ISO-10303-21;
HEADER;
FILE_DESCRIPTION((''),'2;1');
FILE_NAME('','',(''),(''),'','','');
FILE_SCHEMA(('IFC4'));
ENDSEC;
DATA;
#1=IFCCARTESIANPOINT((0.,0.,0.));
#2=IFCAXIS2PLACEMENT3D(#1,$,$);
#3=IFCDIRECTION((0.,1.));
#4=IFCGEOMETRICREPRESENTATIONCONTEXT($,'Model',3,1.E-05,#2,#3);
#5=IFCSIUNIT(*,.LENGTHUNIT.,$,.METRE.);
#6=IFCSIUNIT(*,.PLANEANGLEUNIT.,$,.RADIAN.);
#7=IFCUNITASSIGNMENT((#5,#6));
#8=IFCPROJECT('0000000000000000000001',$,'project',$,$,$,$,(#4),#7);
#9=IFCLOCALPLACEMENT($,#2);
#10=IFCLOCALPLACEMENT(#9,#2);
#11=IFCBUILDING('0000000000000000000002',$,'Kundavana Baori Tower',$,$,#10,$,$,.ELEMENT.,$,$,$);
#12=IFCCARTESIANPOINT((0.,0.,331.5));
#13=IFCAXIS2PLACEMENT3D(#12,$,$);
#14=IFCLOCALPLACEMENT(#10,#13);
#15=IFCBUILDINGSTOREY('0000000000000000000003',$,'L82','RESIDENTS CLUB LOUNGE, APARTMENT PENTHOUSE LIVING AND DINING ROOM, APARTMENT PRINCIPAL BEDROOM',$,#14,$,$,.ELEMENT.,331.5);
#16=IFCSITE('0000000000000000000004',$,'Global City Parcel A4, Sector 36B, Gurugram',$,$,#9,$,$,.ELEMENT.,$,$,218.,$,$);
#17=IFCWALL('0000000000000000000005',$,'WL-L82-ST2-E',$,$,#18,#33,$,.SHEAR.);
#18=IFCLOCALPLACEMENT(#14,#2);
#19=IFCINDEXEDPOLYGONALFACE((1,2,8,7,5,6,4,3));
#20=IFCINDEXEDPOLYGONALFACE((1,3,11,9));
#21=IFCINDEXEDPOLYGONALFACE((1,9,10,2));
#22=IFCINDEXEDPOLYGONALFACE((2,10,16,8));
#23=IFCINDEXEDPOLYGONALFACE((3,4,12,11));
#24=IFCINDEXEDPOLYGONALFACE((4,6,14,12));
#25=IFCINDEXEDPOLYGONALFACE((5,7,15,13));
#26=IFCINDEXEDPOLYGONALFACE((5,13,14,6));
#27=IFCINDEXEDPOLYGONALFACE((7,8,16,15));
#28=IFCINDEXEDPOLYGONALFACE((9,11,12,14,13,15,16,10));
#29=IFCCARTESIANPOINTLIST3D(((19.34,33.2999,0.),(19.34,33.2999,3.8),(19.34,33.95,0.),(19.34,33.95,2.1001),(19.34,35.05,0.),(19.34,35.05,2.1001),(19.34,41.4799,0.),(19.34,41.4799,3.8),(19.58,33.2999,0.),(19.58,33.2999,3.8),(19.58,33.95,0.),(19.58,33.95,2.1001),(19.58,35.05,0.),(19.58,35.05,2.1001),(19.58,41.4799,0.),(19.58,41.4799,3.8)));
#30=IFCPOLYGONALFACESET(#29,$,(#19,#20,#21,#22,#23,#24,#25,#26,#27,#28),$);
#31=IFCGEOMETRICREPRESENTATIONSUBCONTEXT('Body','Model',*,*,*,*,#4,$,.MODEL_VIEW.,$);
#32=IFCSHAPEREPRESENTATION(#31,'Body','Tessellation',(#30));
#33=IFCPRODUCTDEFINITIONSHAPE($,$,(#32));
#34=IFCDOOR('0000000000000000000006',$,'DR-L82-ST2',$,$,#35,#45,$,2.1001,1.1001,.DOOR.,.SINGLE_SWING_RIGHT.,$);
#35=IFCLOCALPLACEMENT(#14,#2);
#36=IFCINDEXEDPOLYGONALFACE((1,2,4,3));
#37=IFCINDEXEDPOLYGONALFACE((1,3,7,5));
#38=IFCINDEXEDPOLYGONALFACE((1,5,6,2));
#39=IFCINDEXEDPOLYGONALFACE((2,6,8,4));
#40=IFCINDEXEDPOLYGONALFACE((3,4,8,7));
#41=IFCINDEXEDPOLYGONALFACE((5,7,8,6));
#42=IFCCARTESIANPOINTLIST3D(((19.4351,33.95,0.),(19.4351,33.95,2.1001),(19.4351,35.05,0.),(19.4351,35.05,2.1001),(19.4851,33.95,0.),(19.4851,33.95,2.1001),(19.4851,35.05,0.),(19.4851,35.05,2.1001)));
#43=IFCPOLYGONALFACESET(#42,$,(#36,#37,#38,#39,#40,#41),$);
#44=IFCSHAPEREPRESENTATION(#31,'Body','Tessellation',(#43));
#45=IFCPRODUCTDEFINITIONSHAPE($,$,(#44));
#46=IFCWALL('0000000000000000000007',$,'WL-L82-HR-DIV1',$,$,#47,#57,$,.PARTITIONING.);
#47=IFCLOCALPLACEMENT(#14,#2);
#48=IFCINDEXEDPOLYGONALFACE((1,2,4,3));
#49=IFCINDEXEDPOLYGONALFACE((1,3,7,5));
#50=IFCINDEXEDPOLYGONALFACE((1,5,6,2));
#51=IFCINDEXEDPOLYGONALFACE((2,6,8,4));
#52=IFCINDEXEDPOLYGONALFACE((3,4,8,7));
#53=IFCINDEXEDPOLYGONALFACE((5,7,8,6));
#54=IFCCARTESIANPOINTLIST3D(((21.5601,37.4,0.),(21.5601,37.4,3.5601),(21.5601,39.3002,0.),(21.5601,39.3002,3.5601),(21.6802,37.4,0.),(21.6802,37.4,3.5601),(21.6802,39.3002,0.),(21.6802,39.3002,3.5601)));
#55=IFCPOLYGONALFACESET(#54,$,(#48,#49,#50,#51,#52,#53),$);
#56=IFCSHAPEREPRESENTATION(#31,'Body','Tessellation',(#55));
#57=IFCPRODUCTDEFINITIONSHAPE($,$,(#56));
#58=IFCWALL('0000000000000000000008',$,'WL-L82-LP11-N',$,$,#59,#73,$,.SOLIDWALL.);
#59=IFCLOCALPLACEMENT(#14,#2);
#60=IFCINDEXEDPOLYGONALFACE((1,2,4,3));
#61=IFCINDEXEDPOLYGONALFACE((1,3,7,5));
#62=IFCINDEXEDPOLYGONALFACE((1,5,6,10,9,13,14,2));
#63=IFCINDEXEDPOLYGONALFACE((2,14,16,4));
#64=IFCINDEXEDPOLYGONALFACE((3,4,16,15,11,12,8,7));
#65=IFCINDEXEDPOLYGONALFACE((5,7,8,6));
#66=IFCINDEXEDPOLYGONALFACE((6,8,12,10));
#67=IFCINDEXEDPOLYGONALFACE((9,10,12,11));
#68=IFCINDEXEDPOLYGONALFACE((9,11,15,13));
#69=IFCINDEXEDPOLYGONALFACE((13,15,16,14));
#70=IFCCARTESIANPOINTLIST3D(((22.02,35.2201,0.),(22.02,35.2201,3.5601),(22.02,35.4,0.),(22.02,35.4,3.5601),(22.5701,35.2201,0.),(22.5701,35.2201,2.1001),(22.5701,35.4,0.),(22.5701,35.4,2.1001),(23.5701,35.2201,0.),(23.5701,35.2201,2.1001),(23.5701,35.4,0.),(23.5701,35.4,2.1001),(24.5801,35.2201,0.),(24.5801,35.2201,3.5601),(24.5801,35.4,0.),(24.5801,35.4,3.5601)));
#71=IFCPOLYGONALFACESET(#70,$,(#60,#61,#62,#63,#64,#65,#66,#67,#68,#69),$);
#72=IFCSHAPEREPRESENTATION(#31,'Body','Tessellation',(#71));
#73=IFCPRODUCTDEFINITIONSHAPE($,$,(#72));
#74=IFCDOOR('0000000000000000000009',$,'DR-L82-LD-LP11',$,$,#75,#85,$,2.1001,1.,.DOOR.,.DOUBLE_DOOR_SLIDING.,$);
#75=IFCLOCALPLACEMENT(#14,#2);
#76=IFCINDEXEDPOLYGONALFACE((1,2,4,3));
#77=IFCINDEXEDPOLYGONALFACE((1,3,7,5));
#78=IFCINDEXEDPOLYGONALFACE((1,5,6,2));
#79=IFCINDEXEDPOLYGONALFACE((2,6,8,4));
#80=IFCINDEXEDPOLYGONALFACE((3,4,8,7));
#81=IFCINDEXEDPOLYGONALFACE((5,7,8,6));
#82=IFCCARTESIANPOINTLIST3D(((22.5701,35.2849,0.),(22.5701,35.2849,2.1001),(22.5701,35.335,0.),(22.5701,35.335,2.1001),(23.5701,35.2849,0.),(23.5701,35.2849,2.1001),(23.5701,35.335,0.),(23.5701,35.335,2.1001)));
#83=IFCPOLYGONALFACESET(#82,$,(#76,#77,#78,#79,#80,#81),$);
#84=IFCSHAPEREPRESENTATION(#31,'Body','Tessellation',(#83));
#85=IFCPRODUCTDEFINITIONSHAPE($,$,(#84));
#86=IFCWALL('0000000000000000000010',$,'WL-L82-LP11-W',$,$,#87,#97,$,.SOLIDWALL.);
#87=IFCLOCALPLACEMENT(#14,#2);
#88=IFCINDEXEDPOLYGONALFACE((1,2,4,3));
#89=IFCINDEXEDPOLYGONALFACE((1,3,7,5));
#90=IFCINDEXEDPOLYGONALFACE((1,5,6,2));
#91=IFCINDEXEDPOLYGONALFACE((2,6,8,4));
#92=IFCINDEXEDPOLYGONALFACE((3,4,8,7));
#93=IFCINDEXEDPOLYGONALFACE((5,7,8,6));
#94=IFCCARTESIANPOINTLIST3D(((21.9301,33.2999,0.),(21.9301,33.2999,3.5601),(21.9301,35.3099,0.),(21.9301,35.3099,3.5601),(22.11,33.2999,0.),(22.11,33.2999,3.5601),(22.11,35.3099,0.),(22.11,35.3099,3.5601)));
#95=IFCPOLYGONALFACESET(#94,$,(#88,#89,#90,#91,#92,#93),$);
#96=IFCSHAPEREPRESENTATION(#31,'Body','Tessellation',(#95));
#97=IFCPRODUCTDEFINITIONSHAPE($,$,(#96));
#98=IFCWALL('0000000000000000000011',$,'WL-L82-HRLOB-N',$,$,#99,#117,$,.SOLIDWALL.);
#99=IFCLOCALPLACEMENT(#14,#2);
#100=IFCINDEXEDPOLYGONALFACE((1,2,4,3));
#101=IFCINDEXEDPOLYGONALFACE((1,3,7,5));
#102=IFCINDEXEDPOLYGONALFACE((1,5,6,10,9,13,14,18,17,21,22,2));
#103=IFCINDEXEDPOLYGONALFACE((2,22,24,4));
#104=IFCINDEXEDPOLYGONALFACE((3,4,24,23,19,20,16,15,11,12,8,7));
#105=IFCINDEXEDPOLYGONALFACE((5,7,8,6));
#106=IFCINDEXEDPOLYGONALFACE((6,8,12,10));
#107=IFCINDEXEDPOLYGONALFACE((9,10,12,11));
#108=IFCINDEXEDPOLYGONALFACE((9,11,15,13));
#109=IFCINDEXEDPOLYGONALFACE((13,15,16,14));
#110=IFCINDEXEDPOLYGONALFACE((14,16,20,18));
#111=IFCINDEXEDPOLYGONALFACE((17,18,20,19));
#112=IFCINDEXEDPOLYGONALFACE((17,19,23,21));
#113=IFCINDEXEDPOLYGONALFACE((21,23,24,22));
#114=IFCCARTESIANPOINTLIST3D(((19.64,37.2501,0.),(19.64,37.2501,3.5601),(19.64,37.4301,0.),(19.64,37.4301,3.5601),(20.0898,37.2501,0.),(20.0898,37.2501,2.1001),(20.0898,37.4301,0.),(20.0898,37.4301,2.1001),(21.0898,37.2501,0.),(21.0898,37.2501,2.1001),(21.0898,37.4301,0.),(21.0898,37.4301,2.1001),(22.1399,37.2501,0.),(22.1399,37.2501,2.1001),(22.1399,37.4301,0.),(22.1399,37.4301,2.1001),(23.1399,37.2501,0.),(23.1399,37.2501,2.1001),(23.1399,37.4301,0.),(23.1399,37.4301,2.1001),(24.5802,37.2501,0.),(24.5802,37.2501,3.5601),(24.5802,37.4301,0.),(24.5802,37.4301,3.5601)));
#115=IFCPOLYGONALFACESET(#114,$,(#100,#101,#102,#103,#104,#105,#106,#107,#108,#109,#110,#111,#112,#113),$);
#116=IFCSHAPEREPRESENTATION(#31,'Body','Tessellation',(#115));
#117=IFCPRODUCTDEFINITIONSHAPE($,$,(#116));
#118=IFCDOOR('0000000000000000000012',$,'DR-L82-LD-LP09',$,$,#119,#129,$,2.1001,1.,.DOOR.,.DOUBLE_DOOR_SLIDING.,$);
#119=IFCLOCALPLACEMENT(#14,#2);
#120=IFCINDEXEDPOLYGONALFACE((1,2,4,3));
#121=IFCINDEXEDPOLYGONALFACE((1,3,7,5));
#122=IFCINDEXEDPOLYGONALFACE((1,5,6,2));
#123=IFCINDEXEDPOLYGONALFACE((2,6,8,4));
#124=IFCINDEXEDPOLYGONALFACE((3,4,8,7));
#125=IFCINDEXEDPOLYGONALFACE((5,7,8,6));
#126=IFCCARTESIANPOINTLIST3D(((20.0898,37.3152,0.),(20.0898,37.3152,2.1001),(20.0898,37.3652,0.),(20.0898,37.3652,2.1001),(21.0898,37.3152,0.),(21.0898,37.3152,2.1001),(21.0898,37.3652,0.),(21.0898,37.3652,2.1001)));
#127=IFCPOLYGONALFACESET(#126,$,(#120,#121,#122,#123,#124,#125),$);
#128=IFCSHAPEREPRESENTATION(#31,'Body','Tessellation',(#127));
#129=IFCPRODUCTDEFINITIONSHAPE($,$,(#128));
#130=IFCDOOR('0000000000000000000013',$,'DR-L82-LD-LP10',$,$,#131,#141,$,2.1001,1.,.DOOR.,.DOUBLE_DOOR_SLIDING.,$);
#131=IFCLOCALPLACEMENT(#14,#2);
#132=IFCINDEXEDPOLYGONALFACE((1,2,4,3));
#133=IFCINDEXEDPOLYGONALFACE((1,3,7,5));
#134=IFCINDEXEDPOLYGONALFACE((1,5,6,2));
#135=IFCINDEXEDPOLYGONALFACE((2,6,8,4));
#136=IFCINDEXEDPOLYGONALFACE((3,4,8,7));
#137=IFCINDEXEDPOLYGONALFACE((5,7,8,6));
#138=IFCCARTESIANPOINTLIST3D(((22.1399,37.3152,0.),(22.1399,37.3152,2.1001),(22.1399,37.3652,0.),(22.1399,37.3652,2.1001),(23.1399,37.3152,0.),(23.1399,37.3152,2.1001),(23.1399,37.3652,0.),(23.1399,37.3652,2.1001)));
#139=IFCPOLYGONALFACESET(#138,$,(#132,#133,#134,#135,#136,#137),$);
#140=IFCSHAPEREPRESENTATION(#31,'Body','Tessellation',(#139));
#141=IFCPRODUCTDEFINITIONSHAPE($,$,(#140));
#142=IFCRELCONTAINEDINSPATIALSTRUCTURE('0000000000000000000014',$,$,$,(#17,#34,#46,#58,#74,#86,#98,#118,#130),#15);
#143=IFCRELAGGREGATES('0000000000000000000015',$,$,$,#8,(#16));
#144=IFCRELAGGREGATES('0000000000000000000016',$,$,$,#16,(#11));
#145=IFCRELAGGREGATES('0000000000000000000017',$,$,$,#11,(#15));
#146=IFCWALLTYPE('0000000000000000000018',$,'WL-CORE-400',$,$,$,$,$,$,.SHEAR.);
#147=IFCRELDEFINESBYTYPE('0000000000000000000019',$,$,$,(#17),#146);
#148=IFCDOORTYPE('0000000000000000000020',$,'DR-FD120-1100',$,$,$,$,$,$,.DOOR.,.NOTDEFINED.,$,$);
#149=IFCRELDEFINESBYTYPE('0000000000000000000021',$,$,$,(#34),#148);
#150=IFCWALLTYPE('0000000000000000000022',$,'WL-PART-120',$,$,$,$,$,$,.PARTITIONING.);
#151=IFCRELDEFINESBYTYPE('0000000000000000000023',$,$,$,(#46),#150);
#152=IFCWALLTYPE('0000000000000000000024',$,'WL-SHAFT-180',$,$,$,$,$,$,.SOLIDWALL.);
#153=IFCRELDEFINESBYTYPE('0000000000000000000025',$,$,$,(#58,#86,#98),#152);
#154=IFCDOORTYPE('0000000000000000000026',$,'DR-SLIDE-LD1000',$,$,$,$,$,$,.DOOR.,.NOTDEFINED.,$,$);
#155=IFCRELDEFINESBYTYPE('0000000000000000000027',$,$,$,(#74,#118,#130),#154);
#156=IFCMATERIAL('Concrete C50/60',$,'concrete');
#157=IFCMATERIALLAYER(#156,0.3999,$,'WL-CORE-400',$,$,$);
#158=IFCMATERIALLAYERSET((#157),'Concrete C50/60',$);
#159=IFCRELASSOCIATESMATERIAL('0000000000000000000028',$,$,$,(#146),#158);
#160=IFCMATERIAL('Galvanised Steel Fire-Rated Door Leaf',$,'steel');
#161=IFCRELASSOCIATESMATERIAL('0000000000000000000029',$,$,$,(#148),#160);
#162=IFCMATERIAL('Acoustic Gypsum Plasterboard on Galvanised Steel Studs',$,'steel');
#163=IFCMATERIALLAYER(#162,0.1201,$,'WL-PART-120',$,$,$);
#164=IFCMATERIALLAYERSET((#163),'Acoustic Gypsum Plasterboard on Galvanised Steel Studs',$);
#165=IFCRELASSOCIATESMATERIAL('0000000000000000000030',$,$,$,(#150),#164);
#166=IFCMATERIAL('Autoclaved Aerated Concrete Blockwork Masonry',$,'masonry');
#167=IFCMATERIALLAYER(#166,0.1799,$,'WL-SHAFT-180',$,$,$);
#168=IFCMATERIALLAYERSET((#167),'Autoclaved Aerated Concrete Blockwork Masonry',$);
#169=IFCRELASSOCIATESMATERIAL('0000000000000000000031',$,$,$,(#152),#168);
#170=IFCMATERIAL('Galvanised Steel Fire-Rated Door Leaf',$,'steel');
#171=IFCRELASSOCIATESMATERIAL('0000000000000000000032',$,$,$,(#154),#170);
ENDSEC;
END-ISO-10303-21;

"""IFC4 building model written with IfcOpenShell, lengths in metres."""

from ifc_helpers import new_model, si_unit, direction, frame, frame_2d, origin, place, context, subcontext, project, spatial, rectangle, extrude, material, layer, layer_set, type_object, element, fill, save


model = new_model("IFC4")

# Units and contexts
model_context = context("Model", 3, precision=1e-05, world=origin(), true_north=direction((0.0, 1.0)))
body_context = subcontext(model_context, "Body", "Model", "MODEL_VIEW")
ifc_project = project(units=[si_unit("LENGTHUNIT", "METRE"), si_unit("PLANEANGLEUNIT", "RADIAN")], contexts=[model_context])

# Site, building, storey
site_placement = place(None, origin())
site = spatial("IfcSite", under=ifc_project, at=site_placement, Name="Global City Parcel A4, Sector 36B, Gurugram", CompositionType="ELEMENT", RefElevation=218.0)
building_placement = place(site_placement, origin())
building = spatial("IfcBuilding", under=site, at=building_placement, Name="Kundavana Baori Tower", CompositionType="ELEMENT")
storey_placement = place(building_placement, frame((0.0, 0.0, 331.5)))
storey = spatial("IfcBuildingStorey", under=building, at=storey_placement, Name="L82", Description="RESIDENTS CLUB LOUNGE, APARTMENT PENTHOUSE LIVING AND DINING ROOM, APARTMENT PRINCIPAL BEDROOM", CompositionType="ELEMENT", Elevation=331.5)

# Wall, opening, door
ifc_material_1 = material(Name="Concrete C50/60", Category="concrete")
ifc_layer_1 = layer(ifc_material_1, 0.3999, Name="WL-CORE-400")
ifc_layer_set_1 = layer_set([ifc_layer_1], Name="Concrete C50/60")
wall_type_1 = type_object("IfcWallType", Name="WL-CORE-400", PredefinedType="SHEAR", material=ifc_layer_set_1)
wall_1_placement = place(storey_placement, frame((19.46, 33.3, 0.0), z_axis=(0.0, 0.0, 1.0), x_axis=(0.0, 1.0, 0.0)))
wall_1 = element("IfcWall", 1, at=wall_1_placement, inside=storey, type_object=wall_type_1, Name="WL-L82-ST2-E", PredefinedType="SHEAR", context=body_context, shape_type="SweptSolid", body=[
    extrude(rectangle(XDim=8.1799, YDim=0.24, at=frame_2d((4.0898, 0.0))), origin(), (0.0, 0.0, 1.0), 3.8),
])
opening_1_placement = place(wall_1_placement, frame((0.6499, 0.0, 0.0)))
opening_1 = element("IfcOpeningElement", 2, at=opening_1_placement, cuts=wall_1, PredefinedType="OPENING", context=body_context, shape_type="SweptSolid", body=[
    extrude(rectangle(XDim=1.1001, YDim=2.1001, at=frame_2d((0.55, 1.05))), frame((0.0, 0.1299, 0.0), z_axis=(0.0, -1.0, 0.0), x_axis=(1.0, 0.0, 0.0)), (0.0, 0.0, 1.0), 0.26),
])
ifc_material_2 = material(Name="Galvanised Steel Fire-Rated Door Leaf", Category="steel")
door_type_1 = type_object("IfcDoorType", Name="DR-FD120-1100", OperationType="NOTDEFINED", PredefinedType="DOOR", material=ifc_material_2)
door_1_placement = place(opening_1_placement, origin())
door_1 = element("IfcDoor", 3, at=door_1_placement, inside=storey, type_object=door_type_1, Name="DR-L82-ST2", OperationType="SINGLE_SWING_RIGHT", OverallHeight=2.1001, OverallWidth=1.1001, PredefinedType="DOOR", context=body_context, shape_type="SweptSolid", body=[
    extrude(rectangle(XDim=1.1001, YDim=2.1001, at=frame_2d((0.55, 1.05))), frame((0.0, 0.0249, 0.0), z_axis=(0.0, -1.0, 0.0), x_axis=(1.0, 0.0, 0.0)), (0.0, 0.0, 1.0), 0.05),
])
fill(opening_1, door_1)

# Wall
ifc_material_3 = material(Name="Acoustic Gypsum Plasterboard on Galvanised Steel Studs", Category="steel")
ifc_layer_2 = layer(ifc_material_3, 0.1201, Name="WL-PART-120")
ifc_layer_set_2 = layer_set([ifc_layer_2], Name="Acoustic Gypsum Plasterboard on Galvanised Steel Studs")
wall_type_2 = type_object("IfcWallType", Name="WL-PART-120", PredefinedType="PARTITIONING", material=ifc_layer_set_2)
wall_2_placement = place(storey_placement, frame((21.6201, 37.3999, 0.0), z_axis=(0.0, 0.0, 1.0), x_axis=(0.0, 1.0, 0.0)))
element("IfcWall", 4, at=wall_2_placement, inside=storey, type_object=wall_type_2, Name="WL-L82-HR-DIV1", PredefinedType="PARTITIONING", context=body_context, shape_type="SweptSolid", body=[
    extrude(rectangle(XDim=1.9001, YDim=0.1201, at=frame_2d((0.9502, 0.0))), origin(), (0.0, 0.0, 1.0), 3.5601),
])

# Wall, opening, door
ifc_material_4 = material(Name="Autoclaved Aerated Concrete Blockwork Masonry", Category="masonry")
ifc_layer_3 = layer(ifc_material_4, 0.1799, Name="WL-SHAFT-180")
ifc_layer_set_3 = layer_set([ifc_layer_3], Name="Autoclaved Aerated Concrete Blockwork Masonry")
wall_type_3 = type_object("IfcWallType", Name="WL-SHAFT-180", PredefinedType="SOLIDWALL", material=ifc_layer_set_3)
wall_3_placement = place(storey_placement, frame((22.02, 35.3101, 0.0), z_axis=(0.0, 0.0, 1.0), x_axis=(1.0, 0.0, 0.0)))
wall_3 = element("IfcWall", 5, at=wall_3_placement, inside=storey, type_object=wall_type_3, Name="WL-L82-LP11-N", PredefinedType="SOLIDWALL", context=body_context, shape_type="SweptSolid", body=[
    extrude(rectangle(XDim=2.5601, YDim=0.1799, at=frame_2d((1.28, 0.0))), origin(), (0.0, 0.0, 1.0), 3.5601),
])
opening_2_placement = place(wall_3_placement, frame((0.55, 0.0, 0.0)))
opening_2 = element("IfcOpeningElement", 6, at=opening_2_placement, cuts=wall_3, PredefinedType="OPENING", context=body_context, shape_type="SweptSolid", body=[
    extrude(rectangle(XDim=1.0, YDim=2.1001, at=frame_2d((0.5, 1.05))), frame((0.0, 0.1001, 0.0), z_axis=(0.0, -1.0, 0.0), x_axis=(1.0, 0.0, 0.0)), (0.0, 0.0, 1.0), 0.2),
])
ifc_material_5 = material(Name="Galvanised Steel Fire-Rated Door Leaf", Category="steel")
door_type_2 = type_object("IfcDoorType", Name="DR-SLIDE-LD1000", OperationType="NOTDEFINED", PredefinedType="DOOR", material=ifc_material_5)
door_2_placement = place(opening_2_placement, origin())
door_2 = element("IfcDoor", 7, at=door_2_placement, inside=storey, type_object=door_type_2, Name="DR-L82-LD-LP11", OperationType="DOUBLE_DOOR_SLIDING", OverallHeight=2.1001, OverallWidth=1.0, PredefinedType="DOOR", context=body_context, shape_type="SweptSolid", body=[
    extrude(rectangle(XDim=1.0, YDim=2.1001, at=frame_2d((0.5, 1.05))), frame((0.0, 0.0249, 0.0), z_axis=(0.0, -1.0, 0.0), x_axis=(1.0, 0.0, 0.0)), (0.0, 0.0, 1.0), 0.05),
])
fill(opening_2, door_2)

# Wall
wall_4_placement = place(storey_placement, frame((22.02, 33.3, 0.0), z_axis=(0.0, 0.0, 1.0), x_axis=(0.0, 1.0, 0.0)))
element("IfcWall", 8, at=wall_4_placement, inside=storey, type_object=wall_type_3, Name="WL-L82-LP11-W", PredefinedType="SOLIDWALL", context=body_context, shape_type="SweptSolid", body=[
    extrude(rectangle(XDim=2.01, YDim=0.1799, at=frame_2d((1.0049, 0.0))), origin(), (0.0, 0.0, 1.0), 3.5601),
])

# Wall, openings, doors
wall_5_placement = place(storey_placement, frame((19.6399, 37.3401, 0.0), z_axis=(0.0, 0.0, 1.0), x_axis=(1.0, 0.0, 0.0)))
wall_5 = element("IfcWall", 9, at=wall_5_placement, inside=storey, type_object=wall_type_3, Name="WL-L82-HRLOB-N", PredefinedType="SOLIDWALL", context=body_context, shape_type="SweptSolid", body=[
    extrude(rectangle(XDim=4.9402, YDim=0.1799, at=frame_2d((2.4702, 0.0))), origin(), (0.0, 0.0, 1.0), 3.5601),
])
opening_3_placement = place(wall_5_placement, frame((0.45, 0.0, 0.0)))
opening_3 = element("IfcOpeningElement", 10, at=opening_3_placement, cuts=wall_5, PredefinedType="OPENING", context=body_context, shape_type="SweptSolid", body=[
    extrude(rectangle(XDim=1.0, YDim=2.1001, at=frame_2d((0.5, 1.05))), frame((0.0, 0.1001, 0.0), z_axis=(0.0, -1.0, 0.0), x_axis=(1.0, 0.0, 0.0)), (0.0, 0.0, 1.0), 0.2),
])
opening_4_placement = place(wall_5_placement, frame((2.5, 0.0, 0.0)))
opening_4 = element("IfcOpeningElement", 11, at=opening_4_placement, cuts=wall_5, PredefinedType="OPENING", context=body_context, shape_type="SweptSolid", body=[
    extrude(rectangle(XDim=1.0, YDim=2.1001, at=frame_2d((0.5, 1.05))), frame((0.0, 0.1001, 0.0), z_axis=(0.0, -1.0, 0.0), x_axis=(1.0, 0.0, 0.0)), (0.0, 0.0, 1.0), 0.2),
])
door_3_placement = place(opening_3_placement, frame((1.0, 0.0, 0.0), z_axis=(0.0, 0.0, 1.0), x_axis=(-1.0, 0.0, 0.0)))
door_3 = element("IfcDoor", 12, at=door_3_placement, inside=storey, type_object=door_type_2, Name="DR-L82-LD-LP09", OperationType="DOUBLE_DOOR_SLIDING", OverallHeight=2.1001, OverallWidth=1.0, PredefinedType="DOOR", context=body_context, shape_type="SweptSolid", body=[
    extrude(rectangle(XDim=1.0, YDim=2.1001, at=frame_2d((0.5, 1.05))), frame((0.0, 0.0249, 0.0), z_axis=(0.0, -1.0, 0.0), x_axis=(1.0, 0.0, 0.0)), (0.0, 0.0, 1.0), 0.05),
])
fill(opening_3, door_3)
door_4_placement = place(opening_4_placement, frame((1.0, 0.0, 0.0), z_axis=(0.0, 0.0, 1.0), x_axis=(-1.0, 0.0, 0.0)))
door_4 = element("IfcDoor", 13, at=door_4_placement, inside=storey, type_object=door_type_2, Name="DR-L82-LD-LP10", OperationType="DOUBLE_DOOR_SLIDING", OverallHeight=2.1001, OverallWidth=1.0, PredefinedType="DOOR", context=body_context, shape_type="SweptSolid", body=[
    extrude(rectangle(XDim=1.0, YDim=2.1001, at=frame_2d((0.5, 1.05))), frame((0.0, 0.0249, 0.0), z_axis=(0.0, -1.0, 0.0), x_axis=(1.0, 0.0, 0.0)), (0.0, 0.0, 1.0), 0.05),
])
fill(opening_4, door_4)

save(model, "model.ifc")
